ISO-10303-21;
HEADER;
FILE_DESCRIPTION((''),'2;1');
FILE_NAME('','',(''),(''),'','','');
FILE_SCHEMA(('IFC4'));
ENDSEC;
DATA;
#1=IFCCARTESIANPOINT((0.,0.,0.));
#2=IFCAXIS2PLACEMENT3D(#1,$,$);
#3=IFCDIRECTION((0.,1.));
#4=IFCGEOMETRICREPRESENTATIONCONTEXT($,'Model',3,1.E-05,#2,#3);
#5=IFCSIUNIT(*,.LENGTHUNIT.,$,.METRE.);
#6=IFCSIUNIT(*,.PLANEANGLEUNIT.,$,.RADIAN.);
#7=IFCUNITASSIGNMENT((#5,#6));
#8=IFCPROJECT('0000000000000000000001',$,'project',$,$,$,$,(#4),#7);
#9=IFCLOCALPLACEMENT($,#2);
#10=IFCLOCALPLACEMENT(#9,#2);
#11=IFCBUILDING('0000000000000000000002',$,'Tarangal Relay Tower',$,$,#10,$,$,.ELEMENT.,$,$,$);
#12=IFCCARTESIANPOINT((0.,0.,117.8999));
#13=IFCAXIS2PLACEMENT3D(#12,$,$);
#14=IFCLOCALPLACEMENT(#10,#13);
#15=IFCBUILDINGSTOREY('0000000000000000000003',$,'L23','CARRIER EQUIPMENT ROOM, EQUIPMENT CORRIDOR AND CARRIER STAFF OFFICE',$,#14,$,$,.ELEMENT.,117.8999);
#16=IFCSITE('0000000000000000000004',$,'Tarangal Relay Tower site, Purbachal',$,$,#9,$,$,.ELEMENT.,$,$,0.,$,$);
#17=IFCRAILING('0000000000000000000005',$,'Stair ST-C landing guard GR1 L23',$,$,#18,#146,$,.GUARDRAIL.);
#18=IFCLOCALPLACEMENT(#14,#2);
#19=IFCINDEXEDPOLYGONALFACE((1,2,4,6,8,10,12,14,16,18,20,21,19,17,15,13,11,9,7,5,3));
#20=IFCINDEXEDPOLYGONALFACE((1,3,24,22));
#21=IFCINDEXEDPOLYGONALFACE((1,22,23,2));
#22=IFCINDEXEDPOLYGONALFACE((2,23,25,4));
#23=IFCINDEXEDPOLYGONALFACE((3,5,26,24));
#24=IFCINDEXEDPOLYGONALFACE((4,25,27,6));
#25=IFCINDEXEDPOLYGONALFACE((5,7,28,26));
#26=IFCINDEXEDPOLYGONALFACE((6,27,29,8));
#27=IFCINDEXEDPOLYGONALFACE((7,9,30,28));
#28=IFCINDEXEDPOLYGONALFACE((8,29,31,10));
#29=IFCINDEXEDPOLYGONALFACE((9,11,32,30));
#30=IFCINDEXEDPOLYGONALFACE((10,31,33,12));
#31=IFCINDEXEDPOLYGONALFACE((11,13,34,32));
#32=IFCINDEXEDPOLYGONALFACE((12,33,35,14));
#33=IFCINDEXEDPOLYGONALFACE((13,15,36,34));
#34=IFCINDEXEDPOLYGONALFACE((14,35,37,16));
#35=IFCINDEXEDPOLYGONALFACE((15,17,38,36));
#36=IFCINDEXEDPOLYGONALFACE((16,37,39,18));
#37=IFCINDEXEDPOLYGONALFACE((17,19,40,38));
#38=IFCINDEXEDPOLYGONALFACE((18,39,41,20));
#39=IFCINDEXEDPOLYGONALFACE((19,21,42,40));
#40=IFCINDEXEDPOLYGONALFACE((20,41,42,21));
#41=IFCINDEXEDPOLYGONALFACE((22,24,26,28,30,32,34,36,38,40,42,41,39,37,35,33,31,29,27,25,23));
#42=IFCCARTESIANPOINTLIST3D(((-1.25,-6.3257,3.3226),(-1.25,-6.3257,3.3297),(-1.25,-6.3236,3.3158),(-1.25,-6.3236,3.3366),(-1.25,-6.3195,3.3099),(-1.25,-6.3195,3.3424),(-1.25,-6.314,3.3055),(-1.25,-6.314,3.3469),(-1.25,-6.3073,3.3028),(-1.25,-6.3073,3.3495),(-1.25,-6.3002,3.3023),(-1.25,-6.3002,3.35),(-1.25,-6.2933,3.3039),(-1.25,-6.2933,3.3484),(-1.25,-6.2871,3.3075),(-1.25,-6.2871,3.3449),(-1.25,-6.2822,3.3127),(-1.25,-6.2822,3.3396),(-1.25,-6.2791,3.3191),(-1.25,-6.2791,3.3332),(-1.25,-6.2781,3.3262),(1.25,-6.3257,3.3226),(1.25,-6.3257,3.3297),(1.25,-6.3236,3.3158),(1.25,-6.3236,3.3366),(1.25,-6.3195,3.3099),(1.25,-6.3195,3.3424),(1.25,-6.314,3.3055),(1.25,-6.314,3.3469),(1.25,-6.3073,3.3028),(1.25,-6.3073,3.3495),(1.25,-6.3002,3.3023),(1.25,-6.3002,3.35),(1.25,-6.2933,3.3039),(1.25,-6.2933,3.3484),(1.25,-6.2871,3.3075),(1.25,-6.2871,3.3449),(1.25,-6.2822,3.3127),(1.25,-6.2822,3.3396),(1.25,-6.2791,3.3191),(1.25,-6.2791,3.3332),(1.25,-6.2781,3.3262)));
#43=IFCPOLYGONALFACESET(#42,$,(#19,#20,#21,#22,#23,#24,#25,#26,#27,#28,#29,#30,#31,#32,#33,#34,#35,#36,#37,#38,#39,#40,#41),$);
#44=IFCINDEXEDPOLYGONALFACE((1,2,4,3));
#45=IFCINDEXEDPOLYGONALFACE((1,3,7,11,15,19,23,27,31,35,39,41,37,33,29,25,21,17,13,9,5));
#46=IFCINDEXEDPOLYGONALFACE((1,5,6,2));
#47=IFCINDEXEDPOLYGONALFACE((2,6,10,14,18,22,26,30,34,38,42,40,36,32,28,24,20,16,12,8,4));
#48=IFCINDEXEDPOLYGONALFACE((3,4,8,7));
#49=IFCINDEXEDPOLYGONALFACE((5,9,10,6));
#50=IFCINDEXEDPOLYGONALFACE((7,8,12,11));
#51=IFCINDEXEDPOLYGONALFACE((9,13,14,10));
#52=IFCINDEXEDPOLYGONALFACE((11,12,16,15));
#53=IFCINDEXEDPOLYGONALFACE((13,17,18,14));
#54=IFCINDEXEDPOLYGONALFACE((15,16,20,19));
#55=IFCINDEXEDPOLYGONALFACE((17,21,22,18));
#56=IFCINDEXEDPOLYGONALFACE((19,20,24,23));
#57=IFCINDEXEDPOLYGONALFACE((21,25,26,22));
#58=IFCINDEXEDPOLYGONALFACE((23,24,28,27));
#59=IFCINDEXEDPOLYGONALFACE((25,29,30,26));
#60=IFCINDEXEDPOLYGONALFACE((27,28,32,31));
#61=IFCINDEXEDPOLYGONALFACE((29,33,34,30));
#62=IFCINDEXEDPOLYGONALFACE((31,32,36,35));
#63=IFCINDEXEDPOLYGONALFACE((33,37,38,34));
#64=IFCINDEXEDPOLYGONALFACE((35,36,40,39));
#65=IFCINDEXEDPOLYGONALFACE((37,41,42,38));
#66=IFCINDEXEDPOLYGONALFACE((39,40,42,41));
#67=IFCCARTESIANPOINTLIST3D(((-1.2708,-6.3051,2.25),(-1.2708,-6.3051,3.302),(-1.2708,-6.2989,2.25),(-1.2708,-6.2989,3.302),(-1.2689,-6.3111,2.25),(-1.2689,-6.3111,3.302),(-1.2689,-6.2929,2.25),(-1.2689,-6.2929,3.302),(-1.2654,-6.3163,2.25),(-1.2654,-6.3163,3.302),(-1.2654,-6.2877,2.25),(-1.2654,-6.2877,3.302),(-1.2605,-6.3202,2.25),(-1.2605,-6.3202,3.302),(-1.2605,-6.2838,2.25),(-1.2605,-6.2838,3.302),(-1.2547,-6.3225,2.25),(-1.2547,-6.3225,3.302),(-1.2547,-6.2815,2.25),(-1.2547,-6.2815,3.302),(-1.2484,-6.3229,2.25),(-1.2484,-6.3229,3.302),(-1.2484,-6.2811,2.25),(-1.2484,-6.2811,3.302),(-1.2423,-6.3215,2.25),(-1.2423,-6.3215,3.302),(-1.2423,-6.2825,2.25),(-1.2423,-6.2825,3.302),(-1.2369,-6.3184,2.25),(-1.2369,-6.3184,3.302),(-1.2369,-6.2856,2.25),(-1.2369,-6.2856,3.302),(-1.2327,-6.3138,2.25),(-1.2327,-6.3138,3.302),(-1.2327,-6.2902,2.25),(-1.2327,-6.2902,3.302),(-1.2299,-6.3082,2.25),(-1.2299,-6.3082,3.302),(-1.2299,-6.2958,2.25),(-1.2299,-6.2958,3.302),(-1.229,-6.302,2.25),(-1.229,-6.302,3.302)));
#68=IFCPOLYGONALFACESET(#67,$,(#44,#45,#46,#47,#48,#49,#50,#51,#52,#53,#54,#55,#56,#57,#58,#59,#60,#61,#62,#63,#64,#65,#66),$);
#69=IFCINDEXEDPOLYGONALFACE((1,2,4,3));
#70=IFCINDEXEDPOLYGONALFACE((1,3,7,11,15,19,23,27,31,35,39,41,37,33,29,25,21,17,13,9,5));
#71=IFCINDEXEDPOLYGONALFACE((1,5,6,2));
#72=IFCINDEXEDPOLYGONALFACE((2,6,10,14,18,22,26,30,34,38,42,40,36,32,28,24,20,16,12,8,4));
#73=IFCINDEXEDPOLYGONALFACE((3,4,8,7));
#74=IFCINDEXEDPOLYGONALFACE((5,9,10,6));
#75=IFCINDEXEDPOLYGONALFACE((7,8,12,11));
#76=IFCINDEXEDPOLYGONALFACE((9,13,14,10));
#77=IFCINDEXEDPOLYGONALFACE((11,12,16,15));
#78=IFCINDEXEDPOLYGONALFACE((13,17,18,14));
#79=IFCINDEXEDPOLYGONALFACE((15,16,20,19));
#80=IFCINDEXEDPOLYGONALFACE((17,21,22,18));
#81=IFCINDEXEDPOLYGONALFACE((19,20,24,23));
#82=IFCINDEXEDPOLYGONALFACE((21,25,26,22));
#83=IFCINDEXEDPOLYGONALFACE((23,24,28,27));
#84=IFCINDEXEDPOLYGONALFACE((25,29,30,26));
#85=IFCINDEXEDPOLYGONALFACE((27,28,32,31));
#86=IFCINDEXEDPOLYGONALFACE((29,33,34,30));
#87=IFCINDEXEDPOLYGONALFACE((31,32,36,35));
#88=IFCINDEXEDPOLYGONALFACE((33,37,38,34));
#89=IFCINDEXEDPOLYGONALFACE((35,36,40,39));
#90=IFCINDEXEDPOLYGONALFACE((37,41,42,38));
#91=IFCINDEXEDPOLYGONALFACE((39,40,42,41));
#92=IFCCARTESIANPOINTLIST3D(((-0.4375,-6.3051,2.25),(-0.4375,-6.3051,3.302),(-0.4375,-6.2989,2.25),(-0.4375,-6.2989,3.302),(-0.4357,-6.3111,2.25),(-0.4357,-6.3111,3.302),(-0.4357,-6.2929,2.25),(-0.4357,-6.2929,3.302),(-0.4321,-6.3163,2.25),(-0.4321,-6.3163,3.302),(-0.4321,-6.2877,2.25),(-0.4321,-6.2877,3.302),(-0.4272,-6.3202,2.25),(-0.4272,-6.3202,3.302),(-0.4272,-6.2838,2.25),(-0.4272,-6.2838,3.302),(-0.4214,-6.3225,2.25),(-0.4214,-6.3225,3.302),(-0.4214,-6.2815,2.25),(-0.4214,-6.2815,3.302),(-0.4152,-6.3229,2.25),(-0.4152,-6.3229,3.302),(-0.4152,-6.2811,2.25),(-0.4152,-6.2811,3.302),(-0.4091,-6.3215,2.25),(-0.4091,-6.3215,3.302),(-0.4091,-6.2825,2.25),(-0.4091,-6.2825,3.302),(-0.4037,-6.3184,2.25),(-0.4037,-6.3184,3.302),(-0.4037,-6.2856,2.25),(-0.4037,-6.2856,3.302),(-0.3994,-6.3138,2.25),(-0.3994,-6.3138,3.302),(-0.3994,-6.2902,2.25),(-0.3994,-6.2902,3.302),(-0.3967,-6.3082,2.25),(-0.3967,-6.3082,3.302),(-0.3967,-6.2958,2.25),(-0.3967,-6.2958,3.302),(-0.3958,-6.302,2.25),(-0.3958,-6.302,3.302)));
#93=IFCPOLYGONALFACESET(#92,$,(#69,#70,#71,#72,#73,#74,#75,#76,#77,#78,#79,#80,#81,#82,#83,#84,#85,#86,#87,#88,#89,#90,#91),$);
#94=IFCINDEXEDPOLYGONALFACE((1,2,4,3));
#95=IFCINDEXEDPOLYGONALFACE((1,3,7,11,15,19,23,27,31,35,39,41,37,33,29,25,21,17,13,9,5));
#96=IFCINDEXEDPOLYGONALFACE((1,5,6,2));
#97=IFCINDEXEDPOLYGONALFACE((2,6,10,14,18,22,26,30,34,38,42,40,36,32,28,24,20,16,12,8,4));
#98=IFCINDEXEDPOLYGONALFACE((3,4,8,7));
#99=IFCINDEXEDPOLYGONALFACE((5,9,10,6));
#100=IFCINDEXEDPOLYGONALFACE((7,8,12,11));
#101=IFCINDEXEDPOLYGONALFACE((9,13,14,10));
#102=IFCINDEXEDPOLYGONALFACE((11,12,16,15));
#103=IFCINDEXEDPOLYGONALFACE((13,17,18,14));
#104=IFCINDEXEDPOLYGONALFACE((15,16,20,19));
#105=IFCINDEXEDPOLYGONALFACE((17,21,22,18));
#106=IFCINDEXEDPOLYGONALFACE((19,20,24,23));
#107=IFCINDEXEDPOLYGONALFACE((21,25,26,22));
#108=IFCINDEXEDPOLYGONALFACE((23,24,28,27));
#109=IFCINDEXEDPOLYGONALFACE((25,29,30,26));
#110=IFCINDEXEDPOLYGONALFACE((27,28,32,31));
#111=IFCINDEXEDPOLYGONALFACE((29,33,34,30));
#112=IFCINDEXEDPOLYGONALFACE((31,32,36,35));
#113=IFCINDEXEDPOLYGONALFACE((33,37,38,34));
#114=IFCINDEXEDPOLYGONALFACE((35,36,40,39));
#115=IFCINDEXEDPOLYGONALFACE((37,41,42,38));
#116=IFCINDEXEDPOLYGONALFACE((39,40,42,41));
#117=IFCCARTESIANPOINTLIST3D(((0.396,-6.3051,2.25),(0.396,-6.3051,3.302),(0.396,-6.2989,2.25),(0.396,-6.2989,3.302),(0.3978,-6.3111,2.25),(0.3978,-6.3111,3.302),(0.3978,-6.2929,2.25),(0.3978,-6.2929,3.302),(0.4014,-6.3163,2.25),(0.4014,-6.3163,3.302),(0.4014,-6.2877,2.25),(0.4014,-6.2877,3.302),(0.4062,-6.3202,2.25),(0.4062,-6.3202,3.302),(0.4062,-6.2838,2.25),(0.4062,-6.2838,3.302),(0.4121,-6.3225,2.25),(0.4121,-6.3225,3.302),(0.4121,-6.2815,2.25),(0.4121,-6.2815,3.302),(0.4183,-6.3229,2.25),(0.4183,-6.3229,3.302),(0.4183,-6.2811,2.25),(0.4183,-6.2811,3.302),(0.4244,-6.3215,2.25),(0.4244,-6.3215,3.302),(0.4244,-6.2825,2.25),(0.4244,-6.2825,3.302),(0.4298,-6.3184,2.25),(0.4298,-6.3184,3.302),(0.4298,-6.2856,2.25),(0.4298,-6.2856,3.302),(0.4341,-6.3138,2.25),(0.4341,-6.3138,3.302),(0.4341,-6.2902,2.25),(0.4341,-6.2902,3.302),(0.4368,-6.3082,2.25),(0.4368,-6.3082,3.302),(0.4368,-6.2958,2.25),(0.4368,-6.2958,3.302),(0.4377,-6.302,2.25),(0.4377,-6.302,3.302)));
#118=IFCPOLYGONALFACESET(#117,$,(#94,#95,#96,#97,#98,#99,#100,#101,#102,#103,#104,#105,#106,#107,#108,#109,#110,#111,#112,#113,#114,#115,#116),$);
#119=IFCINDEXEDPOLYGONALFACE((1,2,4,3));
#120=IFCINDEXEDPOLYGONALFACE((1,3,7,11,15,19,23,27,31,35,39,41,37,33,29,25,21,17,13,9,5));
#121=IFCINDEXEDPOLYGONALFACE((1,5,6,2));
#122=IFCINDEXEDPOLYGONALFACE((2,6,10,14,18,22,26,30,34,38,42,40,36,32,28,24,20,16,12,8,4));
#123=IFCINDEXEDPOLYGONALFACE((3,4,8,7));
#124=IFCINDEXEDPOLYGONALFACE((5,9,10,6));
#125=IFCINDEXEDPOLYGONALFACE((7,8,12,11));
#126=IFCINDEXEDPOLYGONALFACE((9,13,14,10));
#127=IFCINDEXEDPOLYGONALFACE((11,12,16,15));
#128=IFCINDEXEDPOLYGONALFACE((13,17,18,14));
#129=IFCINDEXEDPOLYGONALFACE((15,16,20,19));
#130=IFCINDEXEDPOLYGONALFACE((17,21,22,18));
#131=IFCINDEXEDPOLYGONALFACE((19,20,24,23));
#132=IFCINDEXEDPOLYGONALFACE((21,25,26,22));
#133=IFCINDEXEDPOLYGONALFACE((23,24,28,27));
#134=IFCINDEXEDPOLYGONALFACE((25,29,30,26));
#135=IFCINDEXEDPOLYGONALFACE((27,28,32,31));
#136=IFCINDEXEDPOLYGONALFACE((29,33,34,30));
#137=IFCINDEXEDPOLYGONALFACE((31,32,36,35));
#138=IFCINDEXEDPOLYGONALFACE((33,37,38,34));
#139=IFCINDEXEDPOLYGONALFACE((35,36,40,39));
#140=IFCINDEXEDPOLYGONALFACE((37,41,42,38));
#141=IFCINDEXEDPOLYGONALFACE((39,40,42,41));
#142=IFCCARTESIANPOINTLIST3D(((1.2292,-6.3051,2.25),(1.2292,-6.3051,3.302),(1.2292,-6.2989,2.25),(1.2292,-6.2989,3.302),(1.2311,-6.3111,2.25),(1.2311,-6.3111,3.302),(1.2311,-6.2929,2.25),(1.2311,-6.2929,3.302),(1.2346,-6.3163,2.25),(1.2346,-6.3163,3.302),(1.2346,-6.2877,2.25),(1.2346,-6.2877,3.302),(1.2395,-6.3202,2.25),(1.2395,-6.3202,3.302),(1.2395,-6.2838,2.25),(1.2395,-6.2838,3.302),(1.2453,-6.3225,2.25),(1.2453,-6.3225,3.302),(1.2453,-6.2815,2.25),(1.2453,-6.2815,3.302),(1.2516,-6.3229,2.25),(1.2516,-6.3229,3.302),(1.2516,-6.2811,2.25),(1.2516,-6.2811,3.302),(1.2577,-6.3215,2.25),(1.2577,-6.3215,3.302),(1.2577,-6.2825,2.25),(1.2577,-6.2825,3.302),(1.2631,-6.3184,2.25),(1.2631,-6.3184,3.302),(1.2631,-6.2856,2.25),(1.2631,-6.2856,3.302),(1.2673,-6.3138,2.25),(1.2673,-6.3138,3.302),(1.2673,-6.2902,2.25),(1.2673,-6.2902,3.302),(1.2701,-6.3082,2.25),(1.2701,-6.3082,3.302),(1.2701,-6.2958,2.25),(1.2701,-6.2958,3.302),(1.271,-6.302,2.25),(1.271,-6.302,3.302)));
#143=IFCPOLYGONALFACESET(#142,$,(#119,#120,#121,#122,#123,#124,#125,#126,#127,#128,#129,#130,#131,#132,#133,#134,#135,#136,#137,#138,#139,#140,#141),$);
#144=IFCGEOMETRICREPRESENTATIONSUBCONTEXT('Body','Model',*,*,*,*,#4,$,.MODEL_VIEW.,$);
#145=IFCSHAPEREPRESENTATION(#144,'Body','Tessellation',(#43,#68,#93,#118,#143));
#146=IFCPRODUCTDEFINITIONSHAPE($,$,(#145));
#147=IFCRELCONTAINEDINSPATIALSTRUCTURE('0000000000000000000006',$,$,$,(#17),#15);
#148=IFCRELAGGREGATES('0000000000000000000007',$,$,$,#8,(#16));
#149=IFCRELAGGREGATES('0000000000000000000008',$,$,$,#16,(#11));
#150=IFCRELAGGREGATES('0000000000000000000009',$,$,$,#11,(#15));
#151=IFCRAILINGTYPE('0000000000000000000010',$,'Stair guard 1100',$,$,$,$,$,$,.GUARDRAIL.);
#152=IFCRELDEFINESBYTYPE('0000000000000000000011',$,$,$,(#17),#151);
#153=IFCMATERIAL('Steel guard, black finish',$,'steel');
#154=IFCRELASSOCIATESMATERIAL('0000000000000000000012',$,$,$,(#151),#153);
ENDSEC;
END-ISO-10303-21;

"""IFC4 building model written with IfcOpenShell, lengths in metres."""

from ifc_helpers import new_model, si_unit, direction, frame, origin, origin_2d, place, context, subcontext, project, spatial, circle, extrude, material, type_object, element, save


model = new_model("IFC4")

# Units and contexts
model_context = context("Model", 3, precision=1e-05, world=origin(), true_north=direction((0.0, 1.0)))
body_context = subcontext(model_context, "Body", "Model", "MODEL_VIEW")
ifc_project = project(units=[si_unit("LENGTHUNIT", "METRE"), si_unit("PLANEANGLEUNIT", "RADIAN")], contexts=[model_context])

# Site, building, storey
site_placement = place(None, origin())
site = spatial("IfcSite", under=ifc_project, at=site_placement, Name="Tarangal Relay Tower site, Purbachal", CompositionType="ELEMENT", RefElevation=0.0)
building_placement = place(site_placement, origin())
building = spatial("IfcBuilding", under=site, at=building_placement, Name="Tarangal Relay Tower", CompositionType="ELEMENT")
storey_placement = place(building_placement, frame((0.0, 0.0, 117.8999)))
storey = spatial("IfcBuildingStorey", under=building, at=storey_placement, Name="L23", Description="CARRIER EQUIPMENT ROOM, EQUIPMENT CORRIDOR AND CARRIER STAFF OFFICE", CompositionType="ELEMENT", Elevation=117.8999)

# Railing
ifc_material_1 = material(Name="Steel guard, black finish", Category="steel")
railing_type_1 = type_object("IfcRailingType", Name="Stair guard 1100", PredefinedType="GUARDRAIL", material=ifc_material_1)
for number, where, name in (
    (1, (-1.25, -6.302, 2.25), "Stair ST-C landing guard GR1 L23"),
):
    element("IfcRailing", number, at=place(storey_placement, frame(where)), inside=storey, type_object=railing_type_1, Name=name, PredefinedType="GUARDRAIL", context=body_context, shape_type="SweptSolid", body=[
        extrude(circle(Radius=0.0239, at=origin_2d()), frame((0.0, 0.0, 1.0762), z_axis=(1.0, 0.0, 0.0), x_axis=(0.0, 1.0, 0.0)), (0.0, 0.0, 1.0), 2.5),
        extrude(circle(Radius=0.021, at=origin_2d()), origin(), (0.0, 0.0, 1.0), 1.052),
        extrude(circle(Radius=0.021, at=origin_2d()), frame((0.8333, 0.0, 0.0)), (0.0, 0.0, 1.0), 1.052),
        extrude(circle(Radius=0.021, at=origin_2d()), frame((1.6667, 0.0, 0.0)), (0.0, 0.0, 1.0), 1.052),
        extrude(circle(Radius=0.021, at=origin_2d()), frame((2.5, 0.0, 0.0)), (0.0, 0.0, 1.0), 1.052),
    ])

save(model, "model.ifc")
